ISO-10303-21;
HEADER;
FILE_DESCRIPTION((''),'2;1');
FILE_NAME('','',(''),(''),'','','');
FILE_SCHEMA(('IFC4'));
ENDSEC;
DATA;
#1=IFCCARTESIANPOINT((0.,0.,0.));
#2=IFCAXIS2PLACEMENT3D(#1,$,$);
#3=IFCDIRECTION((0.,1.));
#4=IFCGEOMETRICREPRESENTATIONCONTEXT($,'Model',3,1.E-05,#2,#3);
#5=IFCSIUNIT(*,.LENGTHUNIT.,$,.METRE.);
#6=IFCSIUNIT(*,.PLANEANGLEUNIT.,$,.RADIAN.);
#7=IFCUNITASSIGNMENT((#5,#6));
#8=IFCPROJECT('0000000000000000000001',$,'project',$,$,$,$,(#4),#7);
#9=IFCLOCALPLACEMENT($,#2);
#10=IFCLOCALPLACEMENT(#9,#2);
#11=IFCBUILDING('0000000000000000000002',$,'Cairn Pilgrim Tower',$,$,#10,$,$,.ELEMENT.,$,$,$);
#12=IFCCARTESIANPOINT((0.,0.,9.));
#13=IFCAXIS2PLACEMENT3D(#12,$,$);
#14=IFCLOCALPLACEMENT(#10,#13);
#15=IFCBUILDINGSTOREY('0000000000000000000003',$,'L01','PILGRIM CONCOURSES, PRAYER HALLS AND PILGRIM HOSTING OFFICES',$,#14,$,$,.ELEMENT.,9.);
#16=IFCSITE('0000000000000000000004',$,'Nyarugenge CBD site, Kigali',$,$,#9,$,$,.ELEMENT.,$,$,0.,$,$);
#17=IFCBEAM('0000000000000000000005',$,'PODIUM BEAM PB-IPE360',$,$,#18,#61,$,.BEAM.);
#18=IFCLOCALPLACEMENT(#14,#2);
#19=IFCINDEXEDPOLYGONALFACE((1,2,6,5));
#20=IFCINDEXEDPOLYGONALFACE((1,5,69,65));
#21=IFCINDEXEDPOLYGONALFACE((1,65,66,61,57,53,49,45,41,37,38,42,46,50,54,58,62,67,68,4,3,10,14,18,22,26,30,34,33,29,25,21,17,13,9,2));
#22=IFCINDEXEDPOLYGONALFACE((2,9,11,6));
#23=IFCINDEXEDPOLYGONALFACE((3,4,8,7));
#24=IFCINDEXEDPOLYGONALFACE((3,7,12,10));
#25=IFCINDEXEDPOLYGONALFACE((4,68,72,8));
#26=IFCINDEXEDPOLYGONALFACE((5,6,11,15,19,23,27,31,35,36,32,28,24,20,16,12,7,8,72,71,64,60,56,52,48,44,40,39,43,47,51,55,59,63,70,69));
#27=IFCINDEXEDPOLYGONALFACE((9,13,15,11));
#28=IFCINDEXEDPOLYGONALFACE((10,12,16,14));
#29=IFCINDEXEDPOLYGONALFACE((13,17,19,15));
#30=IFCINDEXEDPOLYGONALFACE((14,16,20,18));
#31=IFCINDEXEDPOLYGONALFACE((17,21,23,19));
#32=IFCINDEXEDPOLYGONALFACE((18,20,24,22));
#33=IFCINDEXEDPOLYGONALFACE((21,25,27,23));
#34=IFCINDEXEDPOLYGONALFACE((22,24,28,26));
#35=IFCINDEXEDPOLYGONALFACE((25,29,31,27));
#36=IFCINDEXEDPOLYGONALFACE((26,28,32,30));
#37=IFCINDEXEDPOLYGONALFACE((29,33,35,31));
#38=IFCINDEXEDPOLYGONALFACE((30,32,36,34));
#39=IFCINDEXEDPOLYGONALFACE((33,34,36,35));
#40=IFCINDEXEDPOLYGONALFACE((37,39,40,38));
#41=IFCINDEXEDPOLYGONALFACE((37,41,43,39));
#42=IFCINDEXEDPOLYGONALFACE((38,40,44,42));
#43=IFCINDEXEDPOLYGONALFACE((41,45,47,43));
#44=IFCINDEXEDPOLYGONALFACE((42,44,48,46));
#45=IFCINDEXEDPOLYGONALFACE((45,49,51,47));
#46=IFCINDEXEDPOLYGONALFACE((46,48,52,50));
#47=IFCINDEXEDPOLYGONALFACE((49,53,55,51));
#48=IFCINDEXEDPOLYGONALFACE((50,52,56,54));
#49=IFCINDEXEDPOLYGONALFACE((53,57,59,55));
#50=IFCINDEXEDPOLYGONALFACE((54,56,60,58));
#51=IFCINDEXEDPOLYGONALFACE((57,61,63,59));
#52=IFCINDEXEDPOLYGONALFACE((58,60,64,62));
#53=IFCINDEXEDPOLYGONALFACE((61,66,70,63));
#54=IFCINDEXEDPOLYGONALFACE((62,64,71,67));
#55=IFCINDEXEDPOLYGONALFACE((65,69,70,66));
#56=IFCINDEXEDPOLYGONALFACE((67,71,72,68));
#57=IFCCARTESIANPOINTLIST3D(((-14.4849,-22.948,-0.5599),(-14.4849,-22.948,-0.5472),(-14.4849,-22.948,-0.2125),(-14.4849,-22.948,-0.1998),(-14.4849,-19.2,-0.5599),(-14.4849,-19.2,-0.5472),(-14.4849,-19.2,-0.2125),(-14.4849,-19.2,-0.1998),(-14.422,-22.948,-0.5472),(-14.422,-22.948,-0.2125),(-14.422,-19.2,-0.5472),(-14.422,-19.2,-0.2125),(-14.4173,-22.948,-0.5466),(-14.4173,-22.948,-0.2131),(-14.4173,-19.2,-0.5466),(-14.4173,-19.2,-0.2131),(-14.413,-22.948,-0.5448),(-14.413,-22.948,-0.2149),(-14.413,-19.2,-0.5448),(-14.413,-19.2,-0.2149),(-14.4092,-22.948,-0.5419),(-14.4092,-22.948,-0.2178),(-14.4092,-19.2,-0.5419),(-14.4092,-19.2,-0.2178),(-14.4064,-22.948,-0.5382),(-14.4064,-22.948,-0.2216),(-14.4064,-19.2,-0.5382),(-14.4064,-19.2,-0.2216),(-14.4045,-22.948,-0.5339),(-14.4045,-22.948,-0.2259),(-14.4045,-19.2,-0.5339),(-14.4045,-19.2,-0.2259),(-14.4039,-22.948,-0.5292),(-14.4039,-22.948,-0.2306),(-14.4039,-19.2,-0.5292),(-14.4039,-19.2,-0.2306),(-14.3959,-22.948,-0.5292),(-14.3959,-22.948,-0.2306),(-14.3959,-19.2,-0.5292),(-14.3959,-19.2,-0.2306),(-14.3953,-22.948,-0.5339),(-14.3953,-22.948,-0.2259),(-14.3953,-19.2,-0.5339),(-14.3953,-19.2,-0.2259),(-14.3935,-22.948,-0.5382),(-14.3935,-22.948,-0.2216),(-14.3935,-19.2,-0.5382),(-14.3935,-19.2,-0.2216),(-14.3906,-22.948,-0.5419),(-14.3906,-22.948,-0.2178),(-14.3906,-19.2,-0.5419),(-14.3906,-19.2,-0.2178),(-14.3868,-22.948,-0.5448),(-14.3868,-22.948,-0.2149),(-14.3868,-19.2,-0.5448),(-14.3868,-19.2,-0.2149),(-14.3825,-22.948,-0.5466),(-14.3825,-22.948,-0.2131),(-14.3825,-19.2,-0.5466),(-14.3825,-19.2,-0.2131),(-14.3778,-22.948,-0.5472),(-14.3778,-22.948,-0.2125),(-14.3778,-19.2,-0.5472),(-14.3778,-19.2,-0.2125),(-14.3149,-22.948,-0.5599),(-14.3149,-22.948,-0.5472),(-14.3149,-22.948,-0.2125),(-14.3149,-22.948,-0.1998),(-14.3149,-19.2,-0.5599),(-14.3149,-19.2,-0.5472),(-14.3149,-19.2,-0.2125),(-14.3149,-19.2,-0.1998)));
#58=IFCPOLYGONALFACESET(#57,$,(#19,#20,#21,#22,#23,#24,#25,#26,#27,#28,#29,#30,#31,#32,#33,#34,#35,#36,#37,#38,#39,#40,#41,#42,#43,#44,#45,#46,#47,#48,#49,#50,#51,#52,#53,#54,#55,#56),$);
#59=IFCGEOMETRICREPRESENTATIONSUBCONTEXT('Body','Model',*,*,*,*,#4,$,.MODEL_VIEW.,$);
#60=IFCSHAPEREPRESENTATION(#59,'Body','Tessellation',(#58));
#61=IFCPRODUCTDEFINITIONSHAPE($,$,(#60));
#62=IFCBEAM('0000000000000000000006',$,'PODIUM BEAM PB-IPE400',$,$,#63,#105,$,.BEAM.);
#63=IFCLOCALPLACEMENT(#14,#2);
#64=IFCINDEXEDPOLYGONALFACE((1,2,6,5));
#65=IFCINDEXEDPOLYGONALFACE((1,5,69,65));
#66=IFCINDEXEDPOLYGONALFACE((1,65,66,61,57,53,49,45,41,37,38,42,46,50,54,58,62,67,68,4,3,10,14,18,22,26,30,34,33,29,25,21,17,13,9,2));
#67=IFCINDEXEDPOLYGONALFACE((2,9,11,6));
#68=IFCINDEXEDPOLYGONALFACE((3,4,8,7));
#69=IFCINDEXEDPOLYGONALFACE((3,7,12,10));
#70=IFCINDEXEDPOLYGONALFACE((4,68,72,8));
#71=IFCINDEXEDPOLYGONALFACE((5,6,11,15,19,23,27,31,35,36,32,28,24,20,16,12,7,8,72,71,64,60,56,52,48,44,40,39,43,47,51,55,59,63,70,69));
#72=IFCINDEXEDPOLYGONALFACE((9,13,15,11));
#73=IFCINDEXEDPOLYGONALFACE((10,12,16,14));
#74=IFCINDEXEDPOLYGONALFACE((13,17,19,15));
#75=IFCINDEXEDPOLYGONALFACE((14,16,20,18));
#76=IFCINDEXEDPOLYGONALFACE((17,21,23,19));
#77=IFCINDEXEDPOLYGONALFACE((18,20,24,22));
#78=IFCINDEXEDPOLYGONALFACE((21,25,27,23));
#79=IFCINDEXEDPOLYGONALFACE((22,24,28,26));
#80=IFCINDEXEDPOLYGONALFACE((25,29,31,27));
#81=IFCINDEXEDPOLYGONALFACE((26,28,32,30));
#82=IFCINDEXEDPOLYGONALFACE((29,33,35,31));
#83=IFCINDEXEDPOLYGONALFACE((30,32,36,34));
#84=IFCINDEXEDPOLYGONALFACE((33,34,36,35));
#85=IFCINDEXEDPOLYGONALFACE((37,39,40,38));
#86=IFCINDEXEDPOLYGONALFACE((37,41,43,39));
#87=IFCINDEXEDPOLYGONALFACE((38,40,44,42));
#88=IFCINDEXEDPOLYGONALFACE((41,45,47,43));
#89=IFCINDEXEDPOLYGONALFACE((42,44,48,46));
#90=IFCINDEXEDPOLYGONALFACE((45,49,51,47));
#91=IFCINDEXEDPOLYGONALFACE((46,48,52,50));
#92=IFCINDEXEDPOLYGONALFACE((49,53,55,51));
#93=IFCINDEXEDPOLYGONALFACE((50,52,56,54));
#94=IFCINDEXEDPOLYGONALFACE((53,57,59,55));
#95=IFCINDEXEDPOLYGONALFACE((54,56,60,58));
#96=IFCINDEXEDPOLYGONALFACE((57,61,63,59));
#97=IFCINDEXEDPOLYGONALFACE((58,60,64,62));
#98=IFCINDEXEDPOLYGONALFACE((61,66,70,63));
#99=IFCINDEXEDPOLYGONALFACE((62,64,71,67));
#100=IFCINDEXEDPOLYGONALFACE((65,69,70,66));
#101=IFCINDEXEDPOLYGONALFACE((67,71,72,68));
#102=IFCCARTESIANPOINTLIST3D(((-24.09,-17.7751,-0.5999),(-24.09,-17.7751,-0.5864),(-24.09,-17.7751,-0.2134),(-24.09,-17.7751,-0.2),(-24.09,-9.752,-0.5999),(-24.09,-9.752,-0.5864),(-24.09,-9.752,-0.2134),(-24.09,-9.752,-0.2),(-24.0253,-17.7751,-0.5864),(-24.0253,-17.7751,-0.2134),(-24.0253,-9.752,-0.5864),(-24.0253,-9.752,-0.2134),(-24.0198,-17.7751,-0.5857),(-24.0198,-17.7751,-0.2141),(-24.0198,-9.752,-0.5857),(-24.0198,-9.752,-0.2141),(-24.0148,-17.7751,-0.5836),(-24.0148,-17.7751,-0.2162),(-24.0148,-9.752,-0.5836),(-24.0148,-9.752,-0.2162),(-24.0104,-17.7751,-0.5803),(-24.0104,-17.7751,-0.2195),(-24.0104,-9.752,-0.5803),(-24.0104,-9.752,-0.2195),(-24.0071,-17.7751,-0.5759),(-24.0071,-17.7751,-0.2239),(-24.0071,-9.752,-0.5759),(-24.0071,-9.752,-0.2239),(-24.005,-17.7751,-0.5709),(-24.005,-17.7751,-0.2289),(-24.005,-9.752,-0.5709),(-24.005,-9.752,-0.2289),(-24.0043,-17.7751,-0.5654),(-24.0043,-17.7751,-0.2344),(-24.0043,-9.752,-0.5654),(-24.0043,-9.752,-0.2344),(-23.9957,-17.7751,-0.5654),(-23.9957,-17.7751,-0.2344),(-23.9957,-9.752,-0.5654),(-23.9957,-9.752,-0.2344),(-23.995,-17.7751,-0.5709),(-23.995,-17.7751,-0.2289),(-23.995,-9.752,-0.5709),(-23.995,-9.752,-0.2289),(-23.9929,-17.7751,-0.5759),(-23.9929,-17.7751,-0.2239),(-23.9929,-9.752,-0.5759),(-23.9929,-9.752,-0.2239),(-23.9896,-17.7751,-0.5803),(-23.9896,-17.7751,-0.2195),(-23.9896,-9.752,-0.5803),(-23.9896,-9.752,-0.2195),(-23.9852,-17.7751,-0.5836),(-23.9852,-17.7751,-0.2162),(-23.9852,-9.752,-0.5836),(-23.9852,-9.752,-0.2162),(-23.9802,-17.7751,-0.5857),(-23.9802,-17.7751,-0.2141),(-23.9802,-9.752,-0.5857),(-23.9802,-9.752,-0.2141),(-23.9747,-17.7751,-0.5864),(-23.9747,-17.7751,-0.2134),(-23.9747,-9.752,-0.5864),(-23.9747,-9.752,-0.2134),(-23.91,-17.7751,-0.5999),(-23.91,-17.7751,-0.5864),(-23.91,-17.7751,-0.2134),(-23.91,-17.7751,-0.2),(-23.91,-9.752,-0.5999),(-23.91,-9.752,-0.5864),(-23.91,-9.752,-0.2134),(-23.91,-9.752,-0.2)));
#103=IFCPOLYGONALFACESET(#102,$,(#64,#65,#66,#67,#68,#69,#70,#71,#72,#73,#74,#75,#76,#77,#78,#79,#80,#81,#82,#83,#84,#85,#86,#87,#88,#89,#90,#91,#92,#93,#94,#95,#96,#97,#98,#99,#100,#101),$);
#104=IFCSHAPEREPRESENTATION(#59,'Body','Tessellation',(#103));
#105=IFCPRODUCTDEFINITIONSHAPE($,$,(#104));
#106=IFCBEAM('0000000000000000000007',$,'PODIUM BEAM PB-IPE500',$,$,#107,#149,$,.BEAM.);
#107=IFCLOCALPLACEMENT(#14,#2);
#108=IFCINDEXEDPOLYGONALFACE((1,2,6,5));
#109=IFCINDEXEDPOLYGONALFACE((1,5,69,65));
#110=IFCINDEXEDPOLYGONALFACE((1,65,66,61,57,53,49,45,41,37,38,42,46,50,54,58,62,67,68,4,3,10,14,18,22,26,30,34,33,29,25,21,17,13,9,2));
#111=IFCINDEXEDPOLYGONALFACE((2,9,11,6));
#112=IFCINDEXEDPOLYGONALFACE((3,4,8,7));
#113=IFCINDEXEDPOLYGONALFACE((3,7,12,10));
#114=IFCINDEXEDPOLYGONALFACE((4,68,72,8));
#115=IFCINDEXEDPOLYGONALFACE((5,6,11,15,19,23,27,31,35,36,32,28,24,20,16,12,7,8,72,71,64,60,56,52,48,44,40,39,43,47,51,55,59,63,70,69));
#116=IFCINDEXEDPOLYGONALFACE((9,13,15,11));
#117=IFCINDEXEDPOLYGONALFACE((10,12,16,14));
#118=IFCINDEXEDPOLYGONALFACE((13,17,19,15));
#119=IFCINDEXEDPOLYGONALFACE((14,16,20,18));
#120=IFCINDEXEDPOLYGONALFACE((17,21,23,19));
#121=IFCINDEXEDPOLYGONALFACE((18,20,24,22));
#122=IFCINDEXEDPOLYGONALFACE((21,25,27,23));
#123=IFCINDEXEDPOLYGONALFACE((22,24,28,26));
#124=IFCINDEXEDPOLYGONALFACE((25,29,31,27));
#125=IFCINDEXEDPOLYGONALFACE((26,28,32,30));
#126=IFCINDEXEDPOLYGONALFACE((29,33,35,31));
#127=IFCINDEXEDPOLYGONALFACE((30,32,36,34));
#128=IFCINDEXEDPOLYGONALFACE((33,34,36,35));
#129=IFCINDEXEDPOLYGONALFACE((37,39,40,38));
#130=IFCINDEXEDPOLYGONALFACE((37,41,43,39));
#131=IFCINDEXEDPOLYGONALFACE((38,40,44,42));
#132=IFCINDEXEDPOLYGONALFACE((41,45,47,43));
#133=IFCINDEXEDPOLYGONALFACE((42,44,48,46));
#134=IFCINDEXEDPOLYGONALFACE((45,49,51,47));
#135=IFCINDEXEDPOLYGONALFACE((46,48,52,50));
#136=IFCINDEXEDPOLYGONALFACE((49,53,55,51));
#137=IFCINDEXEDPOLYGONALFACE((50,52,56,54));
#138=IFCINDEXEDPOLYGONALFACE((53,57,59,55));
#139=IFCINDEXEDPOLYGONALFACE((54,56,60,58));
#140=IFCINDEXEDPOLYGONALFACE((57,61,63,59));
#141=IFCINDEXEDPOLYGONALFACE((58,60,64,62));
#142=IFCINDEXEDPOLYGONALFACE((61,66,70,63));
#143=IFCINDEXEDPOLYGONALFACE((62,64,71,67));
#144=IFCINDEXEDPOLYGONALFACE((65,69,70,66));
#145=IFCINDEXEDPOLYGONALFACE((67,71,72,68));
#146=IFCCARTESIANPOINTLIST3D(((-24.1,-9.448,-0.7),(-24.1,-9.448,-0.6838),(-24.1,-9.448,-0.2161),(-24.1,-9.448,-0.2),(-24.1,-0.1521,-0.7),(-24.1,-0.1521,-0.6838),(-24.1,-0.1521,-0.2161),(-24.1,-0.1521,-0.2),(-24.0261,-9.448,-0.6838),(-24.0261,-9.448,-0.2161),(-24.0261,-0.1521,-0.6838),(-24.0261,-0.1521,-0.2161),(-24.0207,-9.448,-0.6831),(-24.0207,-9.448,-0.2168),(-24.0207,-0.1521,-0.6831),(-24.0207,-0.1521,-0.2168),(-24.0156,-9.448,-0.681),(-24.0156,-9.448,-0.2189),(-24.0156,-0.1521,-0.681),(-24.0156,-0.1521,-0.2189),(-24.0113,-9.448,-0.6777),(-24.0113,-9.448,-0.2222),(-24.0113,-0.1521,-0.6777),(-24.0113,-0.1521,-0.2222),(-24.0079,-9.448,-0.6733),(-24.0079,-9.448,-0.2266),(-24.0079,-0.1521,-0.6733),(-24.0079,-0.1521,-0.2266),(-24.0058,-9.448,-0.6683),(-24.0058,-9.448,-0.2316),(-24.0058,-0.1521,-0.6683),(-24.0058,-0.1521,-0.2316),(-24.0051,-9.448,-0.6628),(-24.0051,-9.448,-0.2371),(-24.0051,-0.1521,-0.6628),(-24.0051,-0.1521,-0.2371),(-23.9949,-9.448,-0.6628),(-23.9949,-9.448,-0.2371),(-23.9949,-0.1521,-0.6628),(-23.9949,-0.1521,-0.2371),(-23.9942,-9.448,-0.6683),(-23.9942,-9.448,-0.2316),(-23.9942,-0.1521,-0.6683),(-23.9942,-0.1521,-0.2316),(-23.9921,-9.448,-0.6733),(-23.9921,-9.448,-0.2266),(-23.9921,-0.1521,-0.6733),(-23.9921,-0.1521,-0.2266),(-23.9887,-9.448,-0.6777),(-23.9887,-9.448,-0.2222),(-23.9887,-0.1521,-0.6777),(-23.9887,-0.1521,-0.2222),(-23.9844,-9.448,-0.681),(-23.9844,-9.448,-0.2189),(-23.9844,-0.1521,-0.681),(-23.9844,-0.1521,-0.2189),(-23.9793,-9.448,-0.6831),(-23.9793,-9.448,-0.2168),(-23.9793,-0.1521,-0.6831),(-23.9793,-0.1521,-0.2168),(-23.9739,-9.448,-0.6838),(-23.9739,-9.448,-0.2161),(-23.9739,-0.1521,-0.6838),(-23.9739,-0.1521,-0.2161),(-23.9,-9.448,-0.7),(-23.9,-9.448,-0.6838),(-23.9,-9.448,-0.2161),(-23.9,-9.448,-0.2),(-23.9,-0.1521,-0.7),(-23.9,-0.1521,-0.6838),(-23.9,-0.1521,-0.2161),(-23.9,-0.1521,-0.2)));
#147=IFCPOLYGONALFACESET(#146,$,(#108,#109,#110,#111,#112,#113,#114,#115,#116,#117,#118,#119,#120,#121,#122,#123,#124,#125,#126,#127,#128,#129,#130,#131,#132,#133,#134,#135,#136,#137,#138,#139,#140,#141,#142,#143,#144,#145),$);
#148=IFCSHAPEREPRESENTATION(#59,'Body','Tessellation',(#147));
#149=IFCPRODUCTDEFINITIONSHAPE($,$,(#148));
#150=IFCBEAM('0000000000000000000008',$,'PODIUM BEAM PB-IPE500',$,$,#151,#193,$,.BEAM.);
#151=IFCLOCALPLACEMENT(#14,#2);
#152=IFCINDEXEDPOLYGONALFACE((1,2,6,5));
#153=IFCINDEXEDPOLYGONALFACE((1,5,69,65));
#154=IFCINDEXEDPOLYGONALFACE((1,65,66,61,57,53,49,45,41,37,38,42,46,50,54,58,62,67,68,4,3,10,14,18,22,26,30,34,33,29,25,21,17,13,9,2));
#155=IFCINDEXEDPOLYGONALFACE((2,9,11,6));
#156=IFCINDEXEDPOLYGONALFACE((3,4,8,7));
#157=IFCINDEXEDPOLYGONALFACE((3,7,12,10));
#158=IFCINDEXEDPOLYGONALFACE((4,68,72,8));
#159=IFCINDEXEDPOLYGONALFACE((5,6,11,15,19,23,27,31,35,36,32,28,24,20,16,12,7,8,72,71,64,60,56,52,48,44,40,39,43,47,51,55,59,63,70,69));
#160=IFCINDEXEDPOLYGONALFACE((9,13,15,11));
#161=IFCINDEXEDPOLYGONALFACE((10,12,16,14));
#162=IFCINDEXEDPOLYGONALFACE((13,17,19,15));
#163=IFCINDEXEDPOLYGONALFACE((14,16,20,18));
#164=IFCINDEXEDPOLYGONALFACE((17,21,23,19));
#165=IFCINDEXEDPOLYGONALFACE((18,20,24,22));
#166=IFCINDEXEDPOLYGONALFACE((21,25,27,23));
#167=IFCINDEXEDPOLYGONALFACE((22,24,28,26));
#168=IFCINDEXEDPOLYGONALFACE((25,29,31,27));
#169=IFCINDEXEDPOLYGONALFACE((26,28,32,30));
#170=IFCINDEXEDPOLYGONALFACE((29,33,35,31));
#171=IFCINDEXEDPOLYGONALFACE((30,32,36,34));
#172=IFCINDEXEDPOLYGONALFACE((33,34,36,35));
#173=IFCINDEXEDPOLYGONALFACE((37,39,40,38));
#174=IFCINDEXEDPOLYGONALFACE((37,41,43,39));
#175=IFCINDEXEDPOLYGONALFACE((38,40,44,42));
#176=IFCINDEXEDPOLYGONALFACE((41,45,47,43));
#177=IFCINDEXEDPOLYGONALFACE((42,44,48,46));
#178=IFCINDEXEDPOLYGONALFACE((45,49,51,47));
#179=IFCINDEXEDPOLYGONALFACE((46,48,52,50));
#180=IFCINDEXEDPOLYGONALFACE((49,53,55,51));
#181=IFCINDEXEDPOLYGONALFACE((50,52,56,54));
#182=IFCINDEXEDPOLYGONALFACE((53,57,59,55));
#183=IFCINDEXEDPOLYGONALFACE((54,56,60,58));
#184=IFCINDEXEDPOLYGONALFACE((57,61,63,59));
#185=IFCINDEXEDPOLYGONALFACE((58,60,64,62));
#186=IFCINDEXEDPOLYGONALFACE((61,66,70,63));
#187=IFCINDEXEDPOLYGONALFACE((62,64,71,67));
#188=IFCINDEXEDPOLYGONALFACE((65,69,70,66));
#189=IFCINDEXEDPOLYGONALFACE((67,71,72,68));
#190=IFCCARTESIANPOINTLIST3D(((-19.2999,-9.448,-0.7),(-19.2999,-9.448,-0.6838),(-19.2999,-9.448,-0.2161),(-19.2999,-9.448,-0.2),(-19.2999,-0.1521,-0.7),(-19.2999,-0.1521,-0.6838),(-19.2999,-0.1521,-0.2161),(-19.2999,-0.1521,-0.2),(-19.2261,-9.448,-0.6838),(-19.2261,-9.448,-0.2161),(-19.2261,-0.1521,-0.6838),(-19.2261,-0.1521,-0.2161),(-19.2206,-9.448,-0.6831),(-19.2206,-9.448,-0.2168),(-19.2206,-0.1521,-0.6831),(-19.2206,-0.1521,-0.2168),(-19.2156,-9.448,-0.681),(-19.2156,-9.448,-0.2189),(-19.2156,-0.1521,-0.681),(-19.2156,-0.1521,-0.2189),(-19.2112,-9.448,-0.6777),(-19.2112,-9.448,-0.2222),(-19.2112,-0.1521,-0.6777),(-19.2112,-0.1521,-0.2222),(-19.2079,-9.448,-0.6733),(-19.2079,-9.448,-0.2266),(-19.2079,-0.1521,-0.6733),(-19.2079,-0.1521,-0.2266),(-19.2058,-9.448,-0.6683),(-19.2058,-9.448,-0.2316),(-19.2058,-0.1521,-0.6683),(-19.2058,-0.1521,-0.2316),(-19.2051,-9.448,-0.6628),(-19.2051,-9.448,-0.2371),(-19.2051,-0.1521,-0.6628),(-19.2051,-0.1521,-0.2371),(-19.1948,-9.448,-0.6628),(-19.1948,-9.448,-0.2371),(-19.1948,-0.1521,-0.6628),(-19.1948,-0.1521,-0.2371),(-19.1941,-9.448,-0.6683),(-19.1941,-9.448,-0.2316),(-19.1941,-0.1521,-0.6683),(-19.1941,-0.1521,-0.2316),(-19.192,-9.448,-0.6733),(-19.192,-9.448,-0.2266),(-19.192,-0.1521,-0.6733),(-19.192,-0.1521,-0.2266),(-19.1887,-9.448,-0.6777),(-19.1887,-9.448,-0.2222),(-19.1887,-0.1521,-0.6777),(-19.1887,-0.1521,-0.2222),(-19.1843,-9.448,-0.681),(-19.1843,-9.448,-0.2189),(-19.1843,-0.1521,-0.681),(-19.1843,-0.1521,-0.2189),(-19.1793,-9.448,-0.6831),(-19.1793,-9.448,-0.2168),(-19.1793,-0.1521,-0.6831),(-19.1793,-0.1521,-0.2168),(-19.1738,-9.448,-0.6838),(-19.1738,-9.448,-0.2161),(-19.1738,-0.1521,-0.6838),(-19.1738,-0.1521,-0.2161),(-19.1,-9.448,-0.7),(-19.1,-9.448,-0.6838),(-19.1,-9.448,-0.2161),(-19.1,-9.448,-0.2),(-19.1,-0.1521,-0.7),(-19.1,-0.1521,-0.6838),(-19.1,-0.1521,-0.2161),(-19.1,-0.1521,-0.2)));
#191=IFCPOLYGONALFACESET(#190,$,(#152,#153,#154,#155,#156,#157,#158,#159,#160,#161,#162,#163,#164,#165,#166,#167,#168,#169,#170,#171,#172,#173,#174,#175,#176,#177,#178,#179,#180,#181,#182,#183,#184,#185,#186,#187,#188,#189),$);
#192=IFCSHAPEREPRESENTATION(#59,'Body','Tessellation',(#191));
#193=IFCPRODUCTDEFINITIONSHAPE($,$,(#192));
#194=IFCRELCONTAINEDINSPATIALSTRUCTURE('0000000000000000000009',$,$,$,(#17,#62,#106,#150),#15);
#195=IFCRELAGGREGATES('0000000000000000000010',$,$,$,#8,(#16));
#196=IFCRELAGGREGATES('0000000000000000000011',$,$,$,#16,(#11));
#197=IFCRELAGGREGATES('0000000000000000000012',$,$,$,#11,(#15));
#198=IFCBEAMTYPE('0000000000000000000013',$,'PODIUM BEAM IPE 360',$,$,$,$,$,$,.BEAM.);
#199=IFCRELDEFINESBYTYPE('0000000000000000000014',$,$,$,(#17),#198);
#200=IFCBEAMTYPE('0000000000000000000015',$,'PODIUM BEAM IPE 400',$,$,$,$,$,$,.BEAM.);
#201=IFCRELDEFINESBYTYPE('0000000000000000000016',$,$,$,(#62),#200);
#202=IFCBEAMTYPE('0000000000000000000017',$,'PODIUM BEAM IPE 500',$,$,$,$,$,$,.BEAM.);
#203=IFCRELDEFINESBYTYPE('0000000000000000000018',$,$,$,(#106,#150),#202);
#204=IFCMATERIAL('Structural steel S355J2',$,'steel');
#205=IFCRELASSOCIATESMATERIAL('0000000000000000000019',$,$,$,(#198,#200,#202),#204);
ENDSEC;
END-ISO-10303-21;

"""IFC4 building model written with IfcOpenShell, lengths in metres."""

from ifc_helpers import new_model, si_unit, direction, frame, origin, origin_2d, place, context, subcontext, project, spatial, i_section, extrude, material, material_profile, profile_set, type_object, element, save


model = new_model("IFC4")

# Units and contexts
model_context = context("Model", 3, precision=1e-05, world=origin(), true_north=direction((0.0, 1.0)))
body_context = subcontext(model_context, "Body", "Model", "MODEL_VIEW")
ifc_project = project(units=[si_unit("LENGTHUNIT", "METRE"), si_unit("PLANEANGLEUNIT", "RADIAN")], contexts=[model_context])

# Site, building, storey
site_placement = place(None, origin())
site = spatial("IfcSite", under=ifc_project, at=site_placement, Name="Nyarugenge CBD site, Kigali", CompositionType="ELEMENT", RefElevation=0.0)
building_placement = place(site_placement, origin())
building = spatial("IfcBuilding", under=site, at=building_placement, Name="Cairn Pilgrim Tower", CompositionType="ELEMENT")
storey_placement = place(building_placement, frame((0.0, 0.0, 9.0)))
storey = spatial("IfcBuildingStorey", under=building, at=storey_placement, Name="L01", Description="PILGRIM CONCOURSES, PRAYER HALLS AND PILGRIM HOSTING OFFICES", CompositionType="ELEMENT", Elevation=9.0)

# Beams
ifc_material_1 = material(Name="Structural steel S355J2", Category="steel")
ifc_material_profile_1 = material_profile(ifc_material_1, i_section(OverallWidth=0.1699, OverallDepth=0.3601, WebThickness=0.0081, FlangeThickness=0.0127, FilletRadius=0.0181, at=origin_2d()), Name="IPE 360")
ifc_profile_set_1 = profile_set([ifc_material_profile_1], Name="Structural steel S355J2")
beam_type_1 = type_object("IfcBeamType", Name="PODIUM BEAM IPE 360", PredefinedType="BEAM", material=ifc_profile_set_1)
beam_1_placement = place(storey_placement, frame((-14.3999, -22.948, -0.3799), z_axis=(0.0, 1.0, 0.0), x_axis=(-1.0, 0.0, 0.0)))
element("IfcBeam", 1, at=beam_1_placement, inside=storey, type_object=beam_type_1, Name="PODIUM BEAM PB-IPE360", PredefinedType="BEAM", context=body_context, shape_type="SweptSolid", body=[
    extrude(i_section(OverallWidth=0.1699, OverallDepth=0.3601, WebThickness=0.0081, FlangeThickness=0.0127, FilletRadius=0.0181, at=origin_2d()), origin(), (0.0, 0.0, 1.0), 3.748),
])
ifc_material_profile_2 = material_profile(ifc_material_1, i_section(OverallWidth=0.1799, OverallDepth=0.3999, WebThickness=0.0085, FlangeThickness=0.0134, FilletRadius=0.021, at=origin_2d()), Name="IPE 400")
ifc_profile_set_2 = profile_set([ifc_material_profile_2], Name="Structural steel S355J2")
beam_type_2 = type_object("IfcBeamType", Name="PODIUM BEAM IPE 400", PredefinedType="BEAM", material=ifc_profile_set_2)
beam_2_placement = place(storey_placement, frame((-24.0, -17.7751, -0.3999), z_axis=(0.0, 1.0, 0.0), x_axis=(-1.0, 0.0, 0.0)))
element("IfcBeam", 2, at=beam_2_placement, inside=storey, type_object=beam_type_2, Name="PODIUM BEAM PB-IPE400", PredefinedType="BEAM", context=body_context, shape_type="SweptSolid", body=[
    extrude(i_section(OverallWidth=0.1799, OverallDepth=0.3999, WebThickness=0.0085, FlangeThickness=0.0134, FilletRadius=0.021, at=origin_2d()), origin(), (0.0, 0.0, 1.0), 8.0232),
])
ifc_material_profile_3 = material_profile(ifc_material_1, i_section(OverallWidth=0.2, OverallDepth=0.5, WebThickness=0.0103, FlangeThickness=0.0161, FilletRadius=0.021, at=origin_2d()), Name="IPE 500")
ifc_profile_set_3 = profile_set([ifc_material_profile_3], Name="Structural steel S355J2")
beam_type_3 = type_object("IfcBeamType", Name="PODIUM BEAM IPE 500", PredefinedType="BEAM", material=ifc_profile_set_3)
for number, where, z_axis, x_axis, name in (
    (3, (-24.0, -9.448, -0.45), (0.0, 1.0, 0.0), (-1.0, 0.0, 0.0), "PODIUM BEAM PB-IPE500"),
    (4, (-19.2, -9.448, -0.45), (0.0, 1.0, 0.0), (-1.0, 0.0, 0.0), "PODIUM BEAM PB-IPE500"),
):
    element("IfcBeam", number, at=place(storey_placement, frame(where, z_axis=z_axis, x_axis=x_axis)), inside=storey, type_object=beam_type_3, Name=name, PredefinedType="BEAM", context=body_context, shape_type="SweptSolid", body=[
        extrude(i_section(OverallWidth=0.2, OverallDepth=0.5, WebThickness=0.0103, FlangeThickness=0.0161, FilletRadius=0.021, at=origin_2d()), origin(), (0.0, 0.0, 1.0), 9.2959),
    ])

save(model, "model.ifc")
